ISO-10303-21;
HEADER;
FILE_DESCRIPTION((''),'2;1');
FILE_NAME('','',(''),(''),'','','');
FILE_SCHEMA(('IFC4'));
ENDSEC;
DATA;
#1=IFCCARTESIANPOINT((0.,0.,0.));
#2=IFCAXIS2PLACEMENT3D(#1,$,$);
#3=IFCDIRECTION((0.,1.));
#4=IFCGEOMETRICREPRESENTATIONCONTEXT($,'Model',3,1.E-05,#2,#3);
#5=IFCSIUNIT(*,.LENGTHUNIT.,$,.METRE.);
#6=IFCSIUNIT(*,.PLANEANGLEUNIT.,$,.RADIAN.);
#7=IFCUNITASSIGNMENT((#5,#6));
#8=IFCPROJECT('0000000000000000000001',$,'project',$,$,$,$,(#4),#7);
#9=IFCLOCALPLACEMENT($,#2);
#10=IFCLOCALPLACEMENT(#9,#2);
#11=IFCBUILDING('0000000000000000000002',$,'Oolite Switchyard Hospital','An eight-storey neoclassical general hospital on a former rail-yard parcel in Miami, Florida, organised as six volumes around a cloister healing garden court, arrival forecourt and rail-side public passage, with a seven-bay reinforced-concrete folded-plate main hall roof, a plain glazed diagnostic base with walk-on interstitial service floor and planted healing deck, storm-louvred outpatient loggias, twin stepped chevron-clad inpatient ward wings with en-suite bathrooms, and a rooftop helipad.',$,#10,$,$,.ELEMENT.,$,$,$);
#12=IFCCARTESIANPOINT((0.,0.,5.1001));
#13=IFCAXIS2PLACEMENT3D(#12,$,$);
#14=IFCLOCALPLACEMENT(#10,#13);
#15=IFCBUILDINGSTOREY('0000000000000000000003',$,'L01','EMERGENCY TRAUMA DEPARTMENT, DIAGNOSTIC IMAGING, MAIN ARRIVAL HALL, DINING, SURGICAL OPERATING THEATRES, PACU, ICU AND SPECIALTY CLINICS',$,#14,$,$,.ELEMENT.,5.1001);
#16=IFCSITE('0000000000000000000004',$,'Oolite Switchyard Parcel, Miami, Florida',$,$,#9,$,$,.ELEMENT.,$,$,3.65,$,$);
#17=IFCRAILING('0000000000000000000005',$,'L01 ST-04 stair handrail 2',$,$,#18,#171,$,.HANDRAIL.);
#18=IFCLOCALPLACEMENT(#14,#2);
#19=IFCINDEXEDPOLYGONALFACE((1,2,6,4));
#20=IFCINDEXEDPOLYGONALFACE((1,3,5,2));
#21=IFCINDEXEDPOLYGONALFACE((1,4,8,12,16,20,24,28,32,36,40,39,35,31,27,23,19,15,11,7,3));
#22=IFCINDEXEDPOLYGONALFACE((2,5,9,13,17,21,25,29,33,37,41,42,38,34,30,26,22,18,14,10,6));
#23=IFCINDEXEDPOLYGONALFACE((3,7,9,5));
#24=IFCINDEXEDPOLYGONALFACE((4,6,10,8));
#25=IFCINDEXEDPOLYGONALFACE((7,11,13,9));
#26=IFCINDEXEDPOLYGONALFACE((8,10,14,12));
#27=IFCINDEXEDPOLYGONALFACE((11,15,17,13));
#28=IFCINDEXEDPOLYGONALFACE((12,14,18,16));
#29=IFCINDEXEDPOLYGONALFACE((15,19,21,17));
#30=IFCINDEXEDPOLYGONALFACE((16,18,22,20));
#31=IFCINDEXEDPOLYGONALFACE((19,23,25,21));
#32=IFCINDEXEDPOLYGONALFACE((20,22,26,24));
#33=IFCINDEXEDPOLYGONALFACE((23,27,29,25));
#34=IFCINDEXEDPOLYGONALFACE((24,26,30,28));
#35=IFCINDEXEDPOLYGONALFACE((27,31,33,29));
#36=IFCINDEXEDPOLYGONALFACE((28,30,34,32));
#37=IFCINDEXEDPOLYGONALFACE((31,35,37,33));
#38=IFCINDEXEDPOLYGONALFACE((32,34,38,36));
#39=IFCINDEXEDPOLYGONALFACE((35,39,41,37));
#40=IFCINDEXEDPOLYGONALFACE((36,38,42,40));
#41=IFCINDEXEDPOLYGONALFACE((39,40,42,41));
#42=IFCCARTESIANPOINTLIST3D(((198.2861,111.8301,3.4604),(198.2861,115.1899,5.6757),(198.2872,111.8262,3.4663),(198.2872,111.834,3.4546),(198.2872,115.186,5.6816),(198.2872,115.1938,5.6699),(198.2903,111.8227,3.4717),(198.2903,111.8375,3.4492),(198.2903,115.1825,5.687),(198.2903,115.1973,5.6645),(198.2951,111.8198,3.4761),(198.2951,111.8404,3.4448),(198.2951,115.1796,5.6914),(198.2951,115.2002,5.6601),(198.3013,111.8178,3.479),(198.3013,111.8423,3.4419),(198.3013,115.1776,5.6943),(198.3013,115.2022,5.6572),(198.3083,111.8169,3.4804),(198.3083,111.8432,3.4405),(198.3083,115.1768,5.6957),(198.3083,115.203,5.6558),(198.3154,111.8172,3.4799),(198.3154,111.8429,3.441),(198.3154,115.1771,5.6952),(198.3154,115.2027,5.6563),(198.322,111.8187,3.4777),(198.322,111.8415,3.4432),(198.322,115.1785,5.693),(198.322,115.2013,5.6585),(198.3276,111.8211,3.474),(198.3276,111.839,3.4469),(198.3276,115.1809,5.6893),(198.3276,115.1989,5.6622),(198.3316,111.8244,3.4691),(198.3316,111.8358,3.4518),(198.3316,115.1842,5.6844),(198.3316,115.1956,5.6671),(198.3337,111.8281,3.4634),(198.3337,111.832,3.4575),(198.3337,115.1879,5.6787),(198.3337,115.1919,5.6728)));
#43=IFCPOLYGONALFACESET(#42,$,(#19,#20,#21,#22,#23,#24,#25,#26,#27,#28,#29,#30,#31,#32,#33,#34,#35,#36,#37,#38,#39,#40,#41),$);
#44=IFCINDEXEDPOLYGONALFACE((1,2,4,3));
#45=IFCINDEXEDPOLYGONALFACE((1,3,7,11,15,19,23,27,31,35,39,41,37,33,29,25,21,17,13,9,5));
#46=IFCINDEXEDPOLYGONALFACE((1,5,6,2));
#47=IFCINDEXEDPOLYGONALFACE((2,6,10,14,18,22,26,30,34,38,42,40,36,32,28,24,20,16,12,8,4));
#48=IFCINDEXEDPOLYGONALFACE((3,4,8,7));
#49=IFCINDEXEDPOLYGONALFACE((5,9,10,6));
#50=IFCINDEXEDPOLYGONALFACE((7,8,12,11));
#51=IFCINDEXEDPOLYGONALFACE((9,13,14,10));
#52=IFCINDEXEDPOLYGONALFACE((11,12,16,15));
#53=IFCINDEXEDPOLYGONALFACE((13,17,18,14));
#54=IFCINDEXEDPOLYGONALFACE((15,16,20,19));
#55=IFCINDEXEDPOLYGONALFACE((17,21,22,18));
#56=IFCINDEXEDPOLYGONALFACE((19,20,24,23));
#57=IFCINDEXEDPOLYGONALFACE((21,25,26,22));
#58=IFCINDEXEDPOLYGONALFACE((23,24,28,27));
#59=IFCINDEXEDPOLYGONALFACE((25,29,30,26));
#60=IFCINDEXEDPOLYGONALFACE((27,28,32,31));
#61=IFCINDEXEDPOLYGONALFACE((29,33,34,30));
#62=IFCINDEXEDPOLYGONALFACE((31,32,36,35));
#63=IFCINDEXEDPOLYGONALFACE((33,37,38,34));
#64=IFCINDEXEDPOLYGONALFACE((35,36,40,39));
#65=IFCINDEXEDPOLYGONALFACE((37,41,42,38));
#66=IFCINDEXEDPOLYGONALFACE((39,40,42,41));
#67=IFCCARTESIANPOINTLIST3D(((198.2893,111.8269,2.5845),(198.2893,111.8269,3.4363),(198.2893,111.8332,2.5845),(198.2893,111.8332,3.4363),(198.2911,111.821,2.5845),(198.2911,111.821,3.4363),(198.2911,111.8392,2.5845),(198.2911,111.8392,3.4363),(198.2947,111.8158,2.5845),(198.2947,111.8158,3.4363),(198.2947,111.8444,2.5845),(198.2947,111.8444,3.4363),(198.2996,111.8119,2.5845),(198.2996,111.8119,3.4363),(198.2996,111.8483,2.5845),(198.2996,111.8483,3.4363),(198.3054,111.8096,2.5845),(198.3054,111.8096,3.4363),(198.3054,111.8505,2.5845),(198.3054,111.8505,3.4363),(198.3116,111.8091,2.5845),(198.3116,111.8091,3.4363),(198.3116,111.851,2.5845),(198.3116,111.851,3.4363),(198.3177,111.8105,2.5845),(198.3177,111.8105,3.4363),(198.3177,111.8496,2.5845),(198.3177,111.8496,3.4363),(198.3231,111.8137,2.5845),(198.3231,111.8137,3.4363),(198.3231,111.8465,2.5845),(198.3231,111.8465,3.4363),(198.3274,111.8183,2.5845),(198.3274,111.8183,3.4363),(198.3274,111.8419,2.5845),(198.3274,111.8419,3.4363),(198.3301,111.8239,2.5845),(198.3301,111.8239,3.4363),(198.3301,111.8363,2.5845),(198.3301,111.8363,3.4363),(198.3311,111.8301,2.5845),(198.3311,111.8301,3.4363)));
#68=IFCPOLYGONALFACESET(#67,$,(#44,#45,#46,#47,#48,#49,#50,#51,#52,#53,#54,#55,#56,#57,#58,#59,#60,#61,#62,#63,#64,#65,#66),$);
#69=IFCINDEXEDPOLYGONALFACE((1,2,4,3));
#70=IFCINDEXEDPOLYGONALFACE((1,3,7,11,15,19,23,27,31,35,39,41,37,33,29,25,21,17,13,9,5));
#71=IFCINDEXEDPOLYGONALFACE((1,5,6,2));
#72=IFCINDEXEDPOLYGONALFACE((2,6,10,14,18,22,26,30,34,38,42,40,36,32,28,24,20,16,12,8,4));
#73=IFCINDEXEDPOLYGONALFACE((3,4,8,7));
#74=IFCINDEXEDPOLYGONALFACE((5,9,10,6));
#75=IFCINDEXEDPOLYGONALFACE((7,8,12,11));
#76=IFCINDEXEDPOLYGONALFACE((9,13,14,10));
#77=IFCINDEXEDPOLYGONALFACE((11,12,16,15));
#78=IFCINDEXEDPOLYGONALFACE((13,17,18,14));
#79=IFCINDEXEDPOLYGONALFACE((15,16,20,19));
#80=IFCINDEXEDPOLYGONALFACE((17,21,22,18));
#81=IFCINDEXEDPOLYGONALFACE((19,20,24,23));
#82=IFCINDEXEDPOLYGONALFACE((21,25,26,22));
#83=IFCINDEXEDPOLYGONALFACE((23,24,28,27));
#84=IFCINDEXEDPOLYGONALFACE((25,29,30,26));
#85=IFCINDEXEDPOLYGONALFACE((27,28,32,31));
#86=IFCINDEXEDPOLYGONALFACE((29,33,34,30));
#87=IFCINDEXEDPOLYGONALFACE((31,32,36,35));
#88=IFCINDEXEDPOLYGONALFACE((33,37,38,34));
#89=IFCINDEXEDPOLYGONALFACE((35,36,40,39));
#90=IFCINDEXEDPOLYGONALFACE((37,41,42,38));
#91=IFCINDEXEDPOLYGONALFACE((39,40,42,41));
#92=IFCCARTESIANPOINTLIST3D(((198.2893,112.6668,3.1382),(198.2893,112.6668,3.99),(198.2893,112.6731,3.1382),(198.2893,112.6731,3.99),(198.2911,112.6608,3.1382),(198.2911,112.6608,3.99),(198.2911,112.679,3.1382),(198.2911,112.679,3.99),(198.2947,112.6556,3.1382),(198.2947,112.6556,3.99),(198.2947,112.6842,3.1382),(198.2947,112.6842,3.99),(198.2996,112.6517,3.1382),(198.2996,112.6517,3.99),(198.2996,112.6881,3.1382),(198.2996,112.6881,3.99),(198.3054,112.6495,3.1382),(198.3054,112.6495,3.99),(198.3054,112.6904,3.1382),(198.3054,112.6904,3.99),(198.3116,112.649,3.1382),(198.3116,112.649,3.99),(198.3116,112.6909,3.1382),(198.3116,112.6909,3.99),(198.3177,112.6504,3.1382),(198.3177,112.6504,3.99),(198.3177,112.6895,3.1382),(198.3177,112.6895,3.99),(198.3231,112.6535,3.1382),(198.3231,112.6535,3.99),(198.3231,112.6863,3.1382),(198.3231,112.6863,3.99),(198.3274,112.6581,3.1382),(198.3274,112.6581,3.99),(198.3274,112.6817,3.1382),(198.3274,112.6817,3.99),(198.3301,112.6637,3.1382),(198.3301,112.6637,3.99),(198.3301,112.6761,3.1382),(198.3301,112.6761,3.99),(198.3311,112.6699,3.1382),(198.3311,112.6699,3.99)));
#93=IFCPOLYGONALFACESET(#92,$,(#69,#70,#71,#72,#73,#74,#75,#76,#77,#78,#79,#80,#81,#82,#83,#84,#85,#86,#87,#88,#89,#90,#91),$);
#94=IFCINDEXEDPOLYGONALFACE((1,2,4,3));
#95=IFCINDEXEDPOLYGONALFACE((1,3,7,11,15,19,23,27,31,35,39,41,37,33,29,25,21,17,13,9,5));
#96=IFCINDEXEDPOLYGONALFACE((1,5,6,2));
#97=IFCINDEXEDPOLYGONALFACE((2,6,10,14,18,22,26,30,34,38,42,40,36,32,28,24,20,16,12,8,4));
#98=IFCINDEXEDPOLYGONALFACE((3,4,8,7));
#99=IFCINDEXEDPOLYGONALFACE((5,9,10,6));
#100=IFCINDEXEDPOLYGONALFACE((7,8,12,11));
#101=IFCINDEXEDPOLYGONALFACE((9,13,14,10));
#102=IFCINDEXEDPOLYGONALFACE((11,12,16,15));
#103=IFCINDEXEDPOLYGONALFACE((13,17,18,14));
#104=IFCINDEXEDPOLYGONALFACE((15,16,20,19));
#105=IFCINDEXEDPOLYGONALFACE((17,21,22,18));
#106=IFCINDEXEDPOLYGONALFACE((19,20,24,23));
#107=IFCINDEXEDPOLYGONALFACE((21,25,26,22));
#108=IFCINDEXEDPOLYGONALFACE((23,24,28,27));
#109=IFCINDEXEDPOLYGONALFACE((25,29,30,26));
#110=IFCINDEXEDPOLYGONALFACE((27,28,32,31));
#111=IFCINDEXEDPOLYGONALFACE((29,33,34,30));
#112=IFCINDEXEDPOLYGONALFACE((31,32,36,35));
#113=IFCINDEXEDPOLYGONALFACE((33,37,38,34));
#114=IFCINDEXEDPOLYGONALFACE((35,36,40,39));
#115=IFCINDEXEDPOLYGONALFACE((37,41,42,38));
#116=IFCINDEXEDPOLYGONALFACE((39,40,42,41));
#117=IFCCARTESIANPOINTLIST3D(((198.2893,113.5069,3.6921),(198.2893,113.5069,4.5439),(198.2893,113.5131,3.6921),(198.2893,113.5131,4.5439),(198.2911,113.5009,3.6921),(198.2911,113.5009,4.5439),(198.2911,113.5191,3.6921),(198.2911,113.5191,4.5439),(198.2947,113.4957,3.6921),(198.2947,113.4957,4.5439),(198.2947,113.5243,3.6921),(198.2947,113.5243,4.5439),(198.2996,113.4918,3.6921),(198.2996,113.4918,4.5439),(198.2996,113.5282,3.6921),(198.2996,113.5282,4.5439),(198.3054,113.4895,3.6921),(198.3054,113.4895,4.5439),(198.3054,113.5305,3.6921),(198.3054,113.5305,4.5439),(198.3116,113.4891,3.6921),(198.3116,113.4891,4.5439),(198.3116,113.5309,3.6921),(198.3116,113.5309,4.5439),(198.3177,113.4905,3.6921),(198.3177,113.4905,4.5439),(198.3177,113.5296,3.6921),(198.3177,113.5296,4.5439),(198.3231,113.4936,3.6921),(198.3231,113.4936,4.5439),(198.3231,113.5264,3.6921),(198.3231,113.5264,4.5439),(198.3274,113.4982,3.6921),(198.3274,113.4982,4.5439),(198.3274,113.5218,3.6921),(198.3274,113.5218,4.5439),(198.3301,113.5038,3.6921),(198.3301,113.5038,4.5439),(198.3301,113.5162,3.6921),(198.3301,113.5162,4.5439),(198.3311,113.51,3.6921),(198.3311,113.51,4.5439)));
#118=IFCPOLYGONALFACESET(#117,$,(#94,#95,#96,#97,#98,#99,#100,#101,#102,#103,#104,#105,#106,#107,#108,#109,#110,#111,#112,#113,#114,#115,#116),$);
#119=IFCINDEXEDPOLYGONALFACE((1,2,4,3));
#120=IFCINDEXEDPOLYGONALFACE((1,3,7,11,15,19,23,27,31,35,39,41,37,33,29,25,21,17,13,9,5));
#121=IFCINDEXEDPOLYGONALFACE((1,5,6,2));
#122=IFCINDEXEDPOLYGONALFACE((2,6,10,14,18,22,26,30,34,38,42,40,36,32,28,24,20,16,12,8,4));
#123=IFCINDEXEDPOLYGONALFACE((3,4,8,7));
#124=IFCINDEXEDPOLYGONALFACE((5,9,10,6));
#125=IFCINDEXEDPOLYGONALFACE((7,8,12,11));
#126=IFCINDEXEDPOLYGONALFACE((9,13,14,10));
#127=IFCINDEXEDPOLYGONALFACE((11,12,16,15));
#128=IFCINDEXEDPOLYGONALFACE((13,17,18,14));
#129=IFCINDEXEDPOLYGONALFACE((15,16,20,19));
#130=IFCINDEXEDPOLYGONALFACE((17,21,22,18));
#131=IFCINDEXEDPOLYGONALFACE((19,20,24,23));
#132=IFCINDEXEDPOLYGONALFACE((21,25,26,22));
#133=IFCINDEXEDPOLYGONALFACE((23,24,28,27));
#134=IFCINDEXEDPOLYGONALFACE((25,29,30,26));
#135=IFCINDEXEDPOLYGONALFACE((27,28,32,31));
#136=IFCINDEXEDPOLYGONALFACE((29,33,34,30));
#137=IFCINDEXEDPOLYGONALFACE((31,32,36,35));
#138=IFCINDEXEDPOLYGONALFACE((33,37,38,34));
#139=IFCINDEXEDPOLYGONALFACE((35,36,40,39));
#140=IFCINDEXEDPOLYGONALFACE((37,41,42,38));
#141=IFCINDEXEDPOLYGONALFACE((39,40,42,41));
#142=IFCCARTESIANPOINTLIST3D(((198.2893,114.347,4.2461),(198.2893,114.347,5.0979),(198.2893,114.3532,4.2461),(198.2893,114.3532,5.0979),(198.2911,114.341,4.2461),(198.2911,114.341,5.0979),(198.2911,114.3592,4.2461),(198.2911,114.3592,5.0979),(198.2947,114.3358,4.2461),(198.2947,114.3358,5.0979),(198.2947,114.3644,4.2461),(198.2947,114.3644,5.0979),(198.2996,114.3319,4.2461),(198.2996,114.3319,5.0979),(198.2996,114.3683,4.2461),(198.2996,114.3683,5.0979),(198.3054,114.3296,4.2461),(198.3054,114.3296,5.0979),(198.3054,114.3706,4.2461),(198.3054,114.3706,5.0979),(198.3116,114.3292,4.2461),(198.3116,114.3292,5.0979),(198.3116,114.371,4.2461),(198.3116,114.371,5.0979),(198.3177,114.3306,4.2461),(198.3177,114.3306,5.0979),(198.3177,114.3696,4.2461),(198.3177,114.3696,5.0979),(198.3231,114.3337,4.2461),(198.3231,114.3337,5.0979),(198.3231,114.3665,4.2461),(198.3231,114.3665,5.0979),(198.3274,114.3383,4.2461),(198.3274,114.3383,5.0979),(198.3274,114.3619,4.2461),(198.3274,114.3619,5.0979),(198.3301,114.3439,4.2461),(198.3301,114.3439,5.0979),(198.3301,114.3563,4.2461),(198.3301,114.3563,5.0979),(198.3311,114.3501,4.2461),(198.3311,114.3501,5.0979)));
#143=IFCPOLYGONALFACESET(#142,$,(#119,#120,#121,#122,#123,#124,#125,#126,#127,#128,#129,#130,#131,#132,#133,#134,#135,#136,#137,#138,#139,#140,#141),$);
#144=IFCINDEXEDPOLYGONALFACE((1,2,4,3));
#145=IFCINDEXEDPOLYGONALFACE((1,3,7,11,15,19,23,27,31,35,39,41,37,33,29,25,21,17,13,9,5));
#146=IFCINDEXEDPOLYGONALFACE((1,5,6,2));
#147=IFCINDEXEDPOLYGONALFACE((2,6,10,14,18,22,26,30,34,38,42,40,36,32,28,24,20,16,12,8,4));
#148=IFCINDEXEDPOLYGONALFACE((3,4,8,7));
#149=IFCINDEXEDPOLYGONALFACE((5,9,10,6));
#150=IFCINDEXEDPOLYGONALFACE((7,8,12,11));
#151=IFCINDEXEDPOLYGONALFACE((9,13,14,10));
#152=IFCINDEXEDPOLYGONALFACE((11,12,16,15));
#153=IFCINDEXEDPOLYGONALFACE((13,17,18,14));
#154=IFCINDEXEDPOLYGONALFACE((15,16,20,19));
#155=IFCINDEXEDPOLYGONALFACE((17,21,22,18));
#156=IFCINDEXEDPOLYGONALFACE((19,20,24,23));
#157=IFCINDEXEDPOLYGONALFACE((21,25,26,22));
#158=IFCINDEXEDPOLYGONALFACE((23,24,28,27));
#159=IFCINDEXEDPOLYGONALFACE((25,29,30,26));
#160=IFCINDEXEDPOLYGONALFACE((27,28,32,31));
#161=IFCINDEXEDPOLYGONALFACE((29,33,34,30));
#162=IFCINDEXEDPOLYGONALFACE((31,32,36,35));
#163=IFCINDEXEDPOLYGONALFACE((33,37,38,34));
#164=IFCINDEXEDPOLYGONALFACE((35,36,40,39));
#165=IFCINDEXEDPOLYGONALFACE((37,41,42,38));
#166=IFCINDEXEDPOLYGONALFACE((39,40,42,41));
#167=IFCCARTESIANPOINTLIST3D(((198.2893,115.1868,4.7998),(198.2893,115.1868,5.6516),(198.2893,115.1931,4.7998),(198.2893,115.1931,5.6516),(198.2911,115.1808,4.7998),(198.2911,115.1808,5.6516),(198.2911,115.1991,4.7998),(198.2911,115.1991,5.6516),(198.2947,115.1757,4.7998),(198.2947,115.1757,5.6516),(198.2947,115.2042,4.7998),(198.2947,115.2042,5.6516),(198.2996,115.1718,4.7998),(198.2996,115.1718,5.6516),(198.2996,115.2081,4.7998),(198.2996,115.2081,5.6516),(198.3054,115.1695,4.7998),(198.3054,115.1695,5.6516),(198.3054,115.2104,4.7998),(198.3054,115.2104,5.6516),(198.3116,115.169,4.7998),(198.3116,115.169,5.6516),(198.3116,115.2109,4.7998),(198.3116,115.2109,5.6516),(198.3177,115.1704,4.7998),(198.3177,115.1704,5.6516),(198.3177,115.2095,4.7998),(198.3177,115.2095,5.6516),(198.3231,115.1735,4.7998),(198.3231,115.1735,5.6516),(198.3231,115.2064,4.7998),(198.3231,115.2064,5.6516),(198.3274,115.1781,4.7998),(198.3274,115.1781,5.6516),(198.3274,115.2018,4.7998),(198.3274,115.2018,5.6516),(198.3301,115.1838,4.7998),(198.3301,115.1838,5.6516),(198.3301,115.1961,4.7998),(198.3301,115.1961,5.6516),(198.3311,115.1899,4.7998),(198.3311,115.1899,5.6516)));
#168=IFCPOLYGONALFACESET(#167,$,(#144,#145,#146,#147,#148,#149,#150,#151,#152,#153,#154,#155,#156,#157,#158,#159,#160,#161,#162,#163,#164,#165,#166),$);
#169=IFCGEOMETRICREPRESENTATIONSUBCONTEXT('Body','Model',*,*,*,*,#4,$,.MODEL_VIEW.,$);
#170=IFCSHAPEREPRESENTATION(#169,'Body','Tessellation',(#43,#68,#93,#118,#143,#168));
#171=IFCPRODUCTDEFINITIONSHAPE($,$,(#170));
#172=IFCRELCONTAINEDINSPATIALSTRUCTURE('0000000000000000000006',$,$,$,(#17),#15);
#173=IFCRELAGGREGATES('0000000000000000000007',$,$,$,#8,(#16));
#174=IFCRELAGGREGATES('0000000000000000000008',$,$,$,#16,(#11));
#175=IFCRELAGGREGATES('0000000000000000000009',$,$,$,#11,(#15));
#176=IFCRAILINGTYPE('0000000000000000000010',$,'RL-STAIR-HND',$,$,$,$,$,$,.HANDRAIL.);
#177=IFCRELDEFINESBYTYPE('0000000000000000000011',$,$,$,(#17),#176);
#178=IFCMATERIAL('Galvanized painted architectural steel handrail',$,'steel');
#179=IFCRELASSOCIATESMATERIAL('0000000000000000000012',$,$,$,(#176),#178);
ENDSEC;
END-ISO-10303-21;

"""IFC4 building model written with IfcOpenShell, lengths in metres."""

from ifc_helpers import new_model, si_unit, direction, frame, origin, origin_2d, place, context, subcontext, project, spatial, circle, extrude, material, type_object, element, save


model = new_model("IFC4")

# Units and contexts
model_context = context("Model", 3, precision=1e-05, world=origin(), true_north=direction((0.0, 1.0)))
body_context = subcontext(model_context, "Body", "Model", "MODEL_VIEW")
ifc_project = project(units=[si_unit("LENGTHUNIT", "METRE"), si_unit("PLANEANGLEUNIT", "RADIAN")], contexts=[model_context])

# Site, building, storey
site_placement = place(None, origin())
site = spatial("IfcSite", under=ifc_project, at=site_placement, Name="Oolite Switchyard Parcel, Miami, Florida", CompositionType="ELEMENT", RefElevation=3.65)
building_placement = place(site_placement, origin())
building = spatial("IfcBuilding", under=site, at=building_placement, Name="Oolite Switchyard Hospital", Description="An eight-storey neoclassical general hospital on a former rail-yard parcel in Miami, Florida, organised as six volumes around a cloister healing garden court, arrival forecourt and rail-side public passage, with a seven-bay reinforced-concrete folded-plate main hall roof, a plain glazed diagnostic base with walk-on interstitial service floor and planted healing deck, storm-louvred outpatient loggias, twin stepped chevron-clad inpatient ward wings with en-suite bathrooms, and a rooftop helipad.", CompositionType="ELEMENT")
storey_placement = place(building_placement, frame((0.0, 0.0, 5.1001)))
storey = spatial("IfcBuildingStorey", under=building, at=storey_placement, Name="L01", Description="EMERGENCY TRAUMA DEPARTMENT, DIAGNOSTIC IMAGING, MAIN ARRIVAL HALL, DINING, SURGICAL OPERATING THEATRES, PACU, ICU AND SPECIALTY CLINICS", CompositionType="ELEMENT", Elevation=5.1001)

# Railing
ifc_material_1 = material(Name="Galvanized painted architectural steel handrail", Category="steel")
railing_type_1 = type_object("IfcRailingType", Name="RL-STAIR-HND", PredefinedType="HANDRAIL", material=ifc_material_1)
railing_1_placement = place(storey_placement, frame((198.3101, 111.8301, 2.5845)))
element("IfcRailing", 1, at=railing_1_placement, inside=storey, type_object=railing_type_1, Name="L01 ST-04 stair handrail 2", PredefinedType="HANDRAIL", context=body_context, shape_type="SweptSolid", body=[
    extrude(circle(Radius=0.0239, at=origin_2d()), frame((0.0, 0.0, 0.876), z_axis=(0.0, 0.834858, 0.550465), x_axis=(-1.0, 0.0, 0.0)), (0.0, 0.0, 1.0), 4.0244),
    extrude(circle(Radius=0.021, at=origin_2d()), origin(), (0.0, 0.0, 1.0), 0.8518),
    extrude(circle(Radius=0.021, at=origin_2d()), frame((0.0, 0.8398, 0.5537)), (0.0, 0.0, 1.0), 0.8518),
    extrude(circle(Radius=0.021, at=origin_2d()), frame((0.0, 1.6799, 1.1077)), (0.0, 0.0, 1.0), 0.8518),
    extrude(circle(Radius=0.021, at=origin_2d()), frame((0.0, 2.52, 1.6616)), (0.0, 0.0, 1.0), 0.8518),
    extrude(circle(Radius=0.021, at=origin_2d()), frame((0.0, 3.3599, 2.2153)), (0.0, 0.0, 1.0), 0.8518),
])

save(model, "model.ifc")
